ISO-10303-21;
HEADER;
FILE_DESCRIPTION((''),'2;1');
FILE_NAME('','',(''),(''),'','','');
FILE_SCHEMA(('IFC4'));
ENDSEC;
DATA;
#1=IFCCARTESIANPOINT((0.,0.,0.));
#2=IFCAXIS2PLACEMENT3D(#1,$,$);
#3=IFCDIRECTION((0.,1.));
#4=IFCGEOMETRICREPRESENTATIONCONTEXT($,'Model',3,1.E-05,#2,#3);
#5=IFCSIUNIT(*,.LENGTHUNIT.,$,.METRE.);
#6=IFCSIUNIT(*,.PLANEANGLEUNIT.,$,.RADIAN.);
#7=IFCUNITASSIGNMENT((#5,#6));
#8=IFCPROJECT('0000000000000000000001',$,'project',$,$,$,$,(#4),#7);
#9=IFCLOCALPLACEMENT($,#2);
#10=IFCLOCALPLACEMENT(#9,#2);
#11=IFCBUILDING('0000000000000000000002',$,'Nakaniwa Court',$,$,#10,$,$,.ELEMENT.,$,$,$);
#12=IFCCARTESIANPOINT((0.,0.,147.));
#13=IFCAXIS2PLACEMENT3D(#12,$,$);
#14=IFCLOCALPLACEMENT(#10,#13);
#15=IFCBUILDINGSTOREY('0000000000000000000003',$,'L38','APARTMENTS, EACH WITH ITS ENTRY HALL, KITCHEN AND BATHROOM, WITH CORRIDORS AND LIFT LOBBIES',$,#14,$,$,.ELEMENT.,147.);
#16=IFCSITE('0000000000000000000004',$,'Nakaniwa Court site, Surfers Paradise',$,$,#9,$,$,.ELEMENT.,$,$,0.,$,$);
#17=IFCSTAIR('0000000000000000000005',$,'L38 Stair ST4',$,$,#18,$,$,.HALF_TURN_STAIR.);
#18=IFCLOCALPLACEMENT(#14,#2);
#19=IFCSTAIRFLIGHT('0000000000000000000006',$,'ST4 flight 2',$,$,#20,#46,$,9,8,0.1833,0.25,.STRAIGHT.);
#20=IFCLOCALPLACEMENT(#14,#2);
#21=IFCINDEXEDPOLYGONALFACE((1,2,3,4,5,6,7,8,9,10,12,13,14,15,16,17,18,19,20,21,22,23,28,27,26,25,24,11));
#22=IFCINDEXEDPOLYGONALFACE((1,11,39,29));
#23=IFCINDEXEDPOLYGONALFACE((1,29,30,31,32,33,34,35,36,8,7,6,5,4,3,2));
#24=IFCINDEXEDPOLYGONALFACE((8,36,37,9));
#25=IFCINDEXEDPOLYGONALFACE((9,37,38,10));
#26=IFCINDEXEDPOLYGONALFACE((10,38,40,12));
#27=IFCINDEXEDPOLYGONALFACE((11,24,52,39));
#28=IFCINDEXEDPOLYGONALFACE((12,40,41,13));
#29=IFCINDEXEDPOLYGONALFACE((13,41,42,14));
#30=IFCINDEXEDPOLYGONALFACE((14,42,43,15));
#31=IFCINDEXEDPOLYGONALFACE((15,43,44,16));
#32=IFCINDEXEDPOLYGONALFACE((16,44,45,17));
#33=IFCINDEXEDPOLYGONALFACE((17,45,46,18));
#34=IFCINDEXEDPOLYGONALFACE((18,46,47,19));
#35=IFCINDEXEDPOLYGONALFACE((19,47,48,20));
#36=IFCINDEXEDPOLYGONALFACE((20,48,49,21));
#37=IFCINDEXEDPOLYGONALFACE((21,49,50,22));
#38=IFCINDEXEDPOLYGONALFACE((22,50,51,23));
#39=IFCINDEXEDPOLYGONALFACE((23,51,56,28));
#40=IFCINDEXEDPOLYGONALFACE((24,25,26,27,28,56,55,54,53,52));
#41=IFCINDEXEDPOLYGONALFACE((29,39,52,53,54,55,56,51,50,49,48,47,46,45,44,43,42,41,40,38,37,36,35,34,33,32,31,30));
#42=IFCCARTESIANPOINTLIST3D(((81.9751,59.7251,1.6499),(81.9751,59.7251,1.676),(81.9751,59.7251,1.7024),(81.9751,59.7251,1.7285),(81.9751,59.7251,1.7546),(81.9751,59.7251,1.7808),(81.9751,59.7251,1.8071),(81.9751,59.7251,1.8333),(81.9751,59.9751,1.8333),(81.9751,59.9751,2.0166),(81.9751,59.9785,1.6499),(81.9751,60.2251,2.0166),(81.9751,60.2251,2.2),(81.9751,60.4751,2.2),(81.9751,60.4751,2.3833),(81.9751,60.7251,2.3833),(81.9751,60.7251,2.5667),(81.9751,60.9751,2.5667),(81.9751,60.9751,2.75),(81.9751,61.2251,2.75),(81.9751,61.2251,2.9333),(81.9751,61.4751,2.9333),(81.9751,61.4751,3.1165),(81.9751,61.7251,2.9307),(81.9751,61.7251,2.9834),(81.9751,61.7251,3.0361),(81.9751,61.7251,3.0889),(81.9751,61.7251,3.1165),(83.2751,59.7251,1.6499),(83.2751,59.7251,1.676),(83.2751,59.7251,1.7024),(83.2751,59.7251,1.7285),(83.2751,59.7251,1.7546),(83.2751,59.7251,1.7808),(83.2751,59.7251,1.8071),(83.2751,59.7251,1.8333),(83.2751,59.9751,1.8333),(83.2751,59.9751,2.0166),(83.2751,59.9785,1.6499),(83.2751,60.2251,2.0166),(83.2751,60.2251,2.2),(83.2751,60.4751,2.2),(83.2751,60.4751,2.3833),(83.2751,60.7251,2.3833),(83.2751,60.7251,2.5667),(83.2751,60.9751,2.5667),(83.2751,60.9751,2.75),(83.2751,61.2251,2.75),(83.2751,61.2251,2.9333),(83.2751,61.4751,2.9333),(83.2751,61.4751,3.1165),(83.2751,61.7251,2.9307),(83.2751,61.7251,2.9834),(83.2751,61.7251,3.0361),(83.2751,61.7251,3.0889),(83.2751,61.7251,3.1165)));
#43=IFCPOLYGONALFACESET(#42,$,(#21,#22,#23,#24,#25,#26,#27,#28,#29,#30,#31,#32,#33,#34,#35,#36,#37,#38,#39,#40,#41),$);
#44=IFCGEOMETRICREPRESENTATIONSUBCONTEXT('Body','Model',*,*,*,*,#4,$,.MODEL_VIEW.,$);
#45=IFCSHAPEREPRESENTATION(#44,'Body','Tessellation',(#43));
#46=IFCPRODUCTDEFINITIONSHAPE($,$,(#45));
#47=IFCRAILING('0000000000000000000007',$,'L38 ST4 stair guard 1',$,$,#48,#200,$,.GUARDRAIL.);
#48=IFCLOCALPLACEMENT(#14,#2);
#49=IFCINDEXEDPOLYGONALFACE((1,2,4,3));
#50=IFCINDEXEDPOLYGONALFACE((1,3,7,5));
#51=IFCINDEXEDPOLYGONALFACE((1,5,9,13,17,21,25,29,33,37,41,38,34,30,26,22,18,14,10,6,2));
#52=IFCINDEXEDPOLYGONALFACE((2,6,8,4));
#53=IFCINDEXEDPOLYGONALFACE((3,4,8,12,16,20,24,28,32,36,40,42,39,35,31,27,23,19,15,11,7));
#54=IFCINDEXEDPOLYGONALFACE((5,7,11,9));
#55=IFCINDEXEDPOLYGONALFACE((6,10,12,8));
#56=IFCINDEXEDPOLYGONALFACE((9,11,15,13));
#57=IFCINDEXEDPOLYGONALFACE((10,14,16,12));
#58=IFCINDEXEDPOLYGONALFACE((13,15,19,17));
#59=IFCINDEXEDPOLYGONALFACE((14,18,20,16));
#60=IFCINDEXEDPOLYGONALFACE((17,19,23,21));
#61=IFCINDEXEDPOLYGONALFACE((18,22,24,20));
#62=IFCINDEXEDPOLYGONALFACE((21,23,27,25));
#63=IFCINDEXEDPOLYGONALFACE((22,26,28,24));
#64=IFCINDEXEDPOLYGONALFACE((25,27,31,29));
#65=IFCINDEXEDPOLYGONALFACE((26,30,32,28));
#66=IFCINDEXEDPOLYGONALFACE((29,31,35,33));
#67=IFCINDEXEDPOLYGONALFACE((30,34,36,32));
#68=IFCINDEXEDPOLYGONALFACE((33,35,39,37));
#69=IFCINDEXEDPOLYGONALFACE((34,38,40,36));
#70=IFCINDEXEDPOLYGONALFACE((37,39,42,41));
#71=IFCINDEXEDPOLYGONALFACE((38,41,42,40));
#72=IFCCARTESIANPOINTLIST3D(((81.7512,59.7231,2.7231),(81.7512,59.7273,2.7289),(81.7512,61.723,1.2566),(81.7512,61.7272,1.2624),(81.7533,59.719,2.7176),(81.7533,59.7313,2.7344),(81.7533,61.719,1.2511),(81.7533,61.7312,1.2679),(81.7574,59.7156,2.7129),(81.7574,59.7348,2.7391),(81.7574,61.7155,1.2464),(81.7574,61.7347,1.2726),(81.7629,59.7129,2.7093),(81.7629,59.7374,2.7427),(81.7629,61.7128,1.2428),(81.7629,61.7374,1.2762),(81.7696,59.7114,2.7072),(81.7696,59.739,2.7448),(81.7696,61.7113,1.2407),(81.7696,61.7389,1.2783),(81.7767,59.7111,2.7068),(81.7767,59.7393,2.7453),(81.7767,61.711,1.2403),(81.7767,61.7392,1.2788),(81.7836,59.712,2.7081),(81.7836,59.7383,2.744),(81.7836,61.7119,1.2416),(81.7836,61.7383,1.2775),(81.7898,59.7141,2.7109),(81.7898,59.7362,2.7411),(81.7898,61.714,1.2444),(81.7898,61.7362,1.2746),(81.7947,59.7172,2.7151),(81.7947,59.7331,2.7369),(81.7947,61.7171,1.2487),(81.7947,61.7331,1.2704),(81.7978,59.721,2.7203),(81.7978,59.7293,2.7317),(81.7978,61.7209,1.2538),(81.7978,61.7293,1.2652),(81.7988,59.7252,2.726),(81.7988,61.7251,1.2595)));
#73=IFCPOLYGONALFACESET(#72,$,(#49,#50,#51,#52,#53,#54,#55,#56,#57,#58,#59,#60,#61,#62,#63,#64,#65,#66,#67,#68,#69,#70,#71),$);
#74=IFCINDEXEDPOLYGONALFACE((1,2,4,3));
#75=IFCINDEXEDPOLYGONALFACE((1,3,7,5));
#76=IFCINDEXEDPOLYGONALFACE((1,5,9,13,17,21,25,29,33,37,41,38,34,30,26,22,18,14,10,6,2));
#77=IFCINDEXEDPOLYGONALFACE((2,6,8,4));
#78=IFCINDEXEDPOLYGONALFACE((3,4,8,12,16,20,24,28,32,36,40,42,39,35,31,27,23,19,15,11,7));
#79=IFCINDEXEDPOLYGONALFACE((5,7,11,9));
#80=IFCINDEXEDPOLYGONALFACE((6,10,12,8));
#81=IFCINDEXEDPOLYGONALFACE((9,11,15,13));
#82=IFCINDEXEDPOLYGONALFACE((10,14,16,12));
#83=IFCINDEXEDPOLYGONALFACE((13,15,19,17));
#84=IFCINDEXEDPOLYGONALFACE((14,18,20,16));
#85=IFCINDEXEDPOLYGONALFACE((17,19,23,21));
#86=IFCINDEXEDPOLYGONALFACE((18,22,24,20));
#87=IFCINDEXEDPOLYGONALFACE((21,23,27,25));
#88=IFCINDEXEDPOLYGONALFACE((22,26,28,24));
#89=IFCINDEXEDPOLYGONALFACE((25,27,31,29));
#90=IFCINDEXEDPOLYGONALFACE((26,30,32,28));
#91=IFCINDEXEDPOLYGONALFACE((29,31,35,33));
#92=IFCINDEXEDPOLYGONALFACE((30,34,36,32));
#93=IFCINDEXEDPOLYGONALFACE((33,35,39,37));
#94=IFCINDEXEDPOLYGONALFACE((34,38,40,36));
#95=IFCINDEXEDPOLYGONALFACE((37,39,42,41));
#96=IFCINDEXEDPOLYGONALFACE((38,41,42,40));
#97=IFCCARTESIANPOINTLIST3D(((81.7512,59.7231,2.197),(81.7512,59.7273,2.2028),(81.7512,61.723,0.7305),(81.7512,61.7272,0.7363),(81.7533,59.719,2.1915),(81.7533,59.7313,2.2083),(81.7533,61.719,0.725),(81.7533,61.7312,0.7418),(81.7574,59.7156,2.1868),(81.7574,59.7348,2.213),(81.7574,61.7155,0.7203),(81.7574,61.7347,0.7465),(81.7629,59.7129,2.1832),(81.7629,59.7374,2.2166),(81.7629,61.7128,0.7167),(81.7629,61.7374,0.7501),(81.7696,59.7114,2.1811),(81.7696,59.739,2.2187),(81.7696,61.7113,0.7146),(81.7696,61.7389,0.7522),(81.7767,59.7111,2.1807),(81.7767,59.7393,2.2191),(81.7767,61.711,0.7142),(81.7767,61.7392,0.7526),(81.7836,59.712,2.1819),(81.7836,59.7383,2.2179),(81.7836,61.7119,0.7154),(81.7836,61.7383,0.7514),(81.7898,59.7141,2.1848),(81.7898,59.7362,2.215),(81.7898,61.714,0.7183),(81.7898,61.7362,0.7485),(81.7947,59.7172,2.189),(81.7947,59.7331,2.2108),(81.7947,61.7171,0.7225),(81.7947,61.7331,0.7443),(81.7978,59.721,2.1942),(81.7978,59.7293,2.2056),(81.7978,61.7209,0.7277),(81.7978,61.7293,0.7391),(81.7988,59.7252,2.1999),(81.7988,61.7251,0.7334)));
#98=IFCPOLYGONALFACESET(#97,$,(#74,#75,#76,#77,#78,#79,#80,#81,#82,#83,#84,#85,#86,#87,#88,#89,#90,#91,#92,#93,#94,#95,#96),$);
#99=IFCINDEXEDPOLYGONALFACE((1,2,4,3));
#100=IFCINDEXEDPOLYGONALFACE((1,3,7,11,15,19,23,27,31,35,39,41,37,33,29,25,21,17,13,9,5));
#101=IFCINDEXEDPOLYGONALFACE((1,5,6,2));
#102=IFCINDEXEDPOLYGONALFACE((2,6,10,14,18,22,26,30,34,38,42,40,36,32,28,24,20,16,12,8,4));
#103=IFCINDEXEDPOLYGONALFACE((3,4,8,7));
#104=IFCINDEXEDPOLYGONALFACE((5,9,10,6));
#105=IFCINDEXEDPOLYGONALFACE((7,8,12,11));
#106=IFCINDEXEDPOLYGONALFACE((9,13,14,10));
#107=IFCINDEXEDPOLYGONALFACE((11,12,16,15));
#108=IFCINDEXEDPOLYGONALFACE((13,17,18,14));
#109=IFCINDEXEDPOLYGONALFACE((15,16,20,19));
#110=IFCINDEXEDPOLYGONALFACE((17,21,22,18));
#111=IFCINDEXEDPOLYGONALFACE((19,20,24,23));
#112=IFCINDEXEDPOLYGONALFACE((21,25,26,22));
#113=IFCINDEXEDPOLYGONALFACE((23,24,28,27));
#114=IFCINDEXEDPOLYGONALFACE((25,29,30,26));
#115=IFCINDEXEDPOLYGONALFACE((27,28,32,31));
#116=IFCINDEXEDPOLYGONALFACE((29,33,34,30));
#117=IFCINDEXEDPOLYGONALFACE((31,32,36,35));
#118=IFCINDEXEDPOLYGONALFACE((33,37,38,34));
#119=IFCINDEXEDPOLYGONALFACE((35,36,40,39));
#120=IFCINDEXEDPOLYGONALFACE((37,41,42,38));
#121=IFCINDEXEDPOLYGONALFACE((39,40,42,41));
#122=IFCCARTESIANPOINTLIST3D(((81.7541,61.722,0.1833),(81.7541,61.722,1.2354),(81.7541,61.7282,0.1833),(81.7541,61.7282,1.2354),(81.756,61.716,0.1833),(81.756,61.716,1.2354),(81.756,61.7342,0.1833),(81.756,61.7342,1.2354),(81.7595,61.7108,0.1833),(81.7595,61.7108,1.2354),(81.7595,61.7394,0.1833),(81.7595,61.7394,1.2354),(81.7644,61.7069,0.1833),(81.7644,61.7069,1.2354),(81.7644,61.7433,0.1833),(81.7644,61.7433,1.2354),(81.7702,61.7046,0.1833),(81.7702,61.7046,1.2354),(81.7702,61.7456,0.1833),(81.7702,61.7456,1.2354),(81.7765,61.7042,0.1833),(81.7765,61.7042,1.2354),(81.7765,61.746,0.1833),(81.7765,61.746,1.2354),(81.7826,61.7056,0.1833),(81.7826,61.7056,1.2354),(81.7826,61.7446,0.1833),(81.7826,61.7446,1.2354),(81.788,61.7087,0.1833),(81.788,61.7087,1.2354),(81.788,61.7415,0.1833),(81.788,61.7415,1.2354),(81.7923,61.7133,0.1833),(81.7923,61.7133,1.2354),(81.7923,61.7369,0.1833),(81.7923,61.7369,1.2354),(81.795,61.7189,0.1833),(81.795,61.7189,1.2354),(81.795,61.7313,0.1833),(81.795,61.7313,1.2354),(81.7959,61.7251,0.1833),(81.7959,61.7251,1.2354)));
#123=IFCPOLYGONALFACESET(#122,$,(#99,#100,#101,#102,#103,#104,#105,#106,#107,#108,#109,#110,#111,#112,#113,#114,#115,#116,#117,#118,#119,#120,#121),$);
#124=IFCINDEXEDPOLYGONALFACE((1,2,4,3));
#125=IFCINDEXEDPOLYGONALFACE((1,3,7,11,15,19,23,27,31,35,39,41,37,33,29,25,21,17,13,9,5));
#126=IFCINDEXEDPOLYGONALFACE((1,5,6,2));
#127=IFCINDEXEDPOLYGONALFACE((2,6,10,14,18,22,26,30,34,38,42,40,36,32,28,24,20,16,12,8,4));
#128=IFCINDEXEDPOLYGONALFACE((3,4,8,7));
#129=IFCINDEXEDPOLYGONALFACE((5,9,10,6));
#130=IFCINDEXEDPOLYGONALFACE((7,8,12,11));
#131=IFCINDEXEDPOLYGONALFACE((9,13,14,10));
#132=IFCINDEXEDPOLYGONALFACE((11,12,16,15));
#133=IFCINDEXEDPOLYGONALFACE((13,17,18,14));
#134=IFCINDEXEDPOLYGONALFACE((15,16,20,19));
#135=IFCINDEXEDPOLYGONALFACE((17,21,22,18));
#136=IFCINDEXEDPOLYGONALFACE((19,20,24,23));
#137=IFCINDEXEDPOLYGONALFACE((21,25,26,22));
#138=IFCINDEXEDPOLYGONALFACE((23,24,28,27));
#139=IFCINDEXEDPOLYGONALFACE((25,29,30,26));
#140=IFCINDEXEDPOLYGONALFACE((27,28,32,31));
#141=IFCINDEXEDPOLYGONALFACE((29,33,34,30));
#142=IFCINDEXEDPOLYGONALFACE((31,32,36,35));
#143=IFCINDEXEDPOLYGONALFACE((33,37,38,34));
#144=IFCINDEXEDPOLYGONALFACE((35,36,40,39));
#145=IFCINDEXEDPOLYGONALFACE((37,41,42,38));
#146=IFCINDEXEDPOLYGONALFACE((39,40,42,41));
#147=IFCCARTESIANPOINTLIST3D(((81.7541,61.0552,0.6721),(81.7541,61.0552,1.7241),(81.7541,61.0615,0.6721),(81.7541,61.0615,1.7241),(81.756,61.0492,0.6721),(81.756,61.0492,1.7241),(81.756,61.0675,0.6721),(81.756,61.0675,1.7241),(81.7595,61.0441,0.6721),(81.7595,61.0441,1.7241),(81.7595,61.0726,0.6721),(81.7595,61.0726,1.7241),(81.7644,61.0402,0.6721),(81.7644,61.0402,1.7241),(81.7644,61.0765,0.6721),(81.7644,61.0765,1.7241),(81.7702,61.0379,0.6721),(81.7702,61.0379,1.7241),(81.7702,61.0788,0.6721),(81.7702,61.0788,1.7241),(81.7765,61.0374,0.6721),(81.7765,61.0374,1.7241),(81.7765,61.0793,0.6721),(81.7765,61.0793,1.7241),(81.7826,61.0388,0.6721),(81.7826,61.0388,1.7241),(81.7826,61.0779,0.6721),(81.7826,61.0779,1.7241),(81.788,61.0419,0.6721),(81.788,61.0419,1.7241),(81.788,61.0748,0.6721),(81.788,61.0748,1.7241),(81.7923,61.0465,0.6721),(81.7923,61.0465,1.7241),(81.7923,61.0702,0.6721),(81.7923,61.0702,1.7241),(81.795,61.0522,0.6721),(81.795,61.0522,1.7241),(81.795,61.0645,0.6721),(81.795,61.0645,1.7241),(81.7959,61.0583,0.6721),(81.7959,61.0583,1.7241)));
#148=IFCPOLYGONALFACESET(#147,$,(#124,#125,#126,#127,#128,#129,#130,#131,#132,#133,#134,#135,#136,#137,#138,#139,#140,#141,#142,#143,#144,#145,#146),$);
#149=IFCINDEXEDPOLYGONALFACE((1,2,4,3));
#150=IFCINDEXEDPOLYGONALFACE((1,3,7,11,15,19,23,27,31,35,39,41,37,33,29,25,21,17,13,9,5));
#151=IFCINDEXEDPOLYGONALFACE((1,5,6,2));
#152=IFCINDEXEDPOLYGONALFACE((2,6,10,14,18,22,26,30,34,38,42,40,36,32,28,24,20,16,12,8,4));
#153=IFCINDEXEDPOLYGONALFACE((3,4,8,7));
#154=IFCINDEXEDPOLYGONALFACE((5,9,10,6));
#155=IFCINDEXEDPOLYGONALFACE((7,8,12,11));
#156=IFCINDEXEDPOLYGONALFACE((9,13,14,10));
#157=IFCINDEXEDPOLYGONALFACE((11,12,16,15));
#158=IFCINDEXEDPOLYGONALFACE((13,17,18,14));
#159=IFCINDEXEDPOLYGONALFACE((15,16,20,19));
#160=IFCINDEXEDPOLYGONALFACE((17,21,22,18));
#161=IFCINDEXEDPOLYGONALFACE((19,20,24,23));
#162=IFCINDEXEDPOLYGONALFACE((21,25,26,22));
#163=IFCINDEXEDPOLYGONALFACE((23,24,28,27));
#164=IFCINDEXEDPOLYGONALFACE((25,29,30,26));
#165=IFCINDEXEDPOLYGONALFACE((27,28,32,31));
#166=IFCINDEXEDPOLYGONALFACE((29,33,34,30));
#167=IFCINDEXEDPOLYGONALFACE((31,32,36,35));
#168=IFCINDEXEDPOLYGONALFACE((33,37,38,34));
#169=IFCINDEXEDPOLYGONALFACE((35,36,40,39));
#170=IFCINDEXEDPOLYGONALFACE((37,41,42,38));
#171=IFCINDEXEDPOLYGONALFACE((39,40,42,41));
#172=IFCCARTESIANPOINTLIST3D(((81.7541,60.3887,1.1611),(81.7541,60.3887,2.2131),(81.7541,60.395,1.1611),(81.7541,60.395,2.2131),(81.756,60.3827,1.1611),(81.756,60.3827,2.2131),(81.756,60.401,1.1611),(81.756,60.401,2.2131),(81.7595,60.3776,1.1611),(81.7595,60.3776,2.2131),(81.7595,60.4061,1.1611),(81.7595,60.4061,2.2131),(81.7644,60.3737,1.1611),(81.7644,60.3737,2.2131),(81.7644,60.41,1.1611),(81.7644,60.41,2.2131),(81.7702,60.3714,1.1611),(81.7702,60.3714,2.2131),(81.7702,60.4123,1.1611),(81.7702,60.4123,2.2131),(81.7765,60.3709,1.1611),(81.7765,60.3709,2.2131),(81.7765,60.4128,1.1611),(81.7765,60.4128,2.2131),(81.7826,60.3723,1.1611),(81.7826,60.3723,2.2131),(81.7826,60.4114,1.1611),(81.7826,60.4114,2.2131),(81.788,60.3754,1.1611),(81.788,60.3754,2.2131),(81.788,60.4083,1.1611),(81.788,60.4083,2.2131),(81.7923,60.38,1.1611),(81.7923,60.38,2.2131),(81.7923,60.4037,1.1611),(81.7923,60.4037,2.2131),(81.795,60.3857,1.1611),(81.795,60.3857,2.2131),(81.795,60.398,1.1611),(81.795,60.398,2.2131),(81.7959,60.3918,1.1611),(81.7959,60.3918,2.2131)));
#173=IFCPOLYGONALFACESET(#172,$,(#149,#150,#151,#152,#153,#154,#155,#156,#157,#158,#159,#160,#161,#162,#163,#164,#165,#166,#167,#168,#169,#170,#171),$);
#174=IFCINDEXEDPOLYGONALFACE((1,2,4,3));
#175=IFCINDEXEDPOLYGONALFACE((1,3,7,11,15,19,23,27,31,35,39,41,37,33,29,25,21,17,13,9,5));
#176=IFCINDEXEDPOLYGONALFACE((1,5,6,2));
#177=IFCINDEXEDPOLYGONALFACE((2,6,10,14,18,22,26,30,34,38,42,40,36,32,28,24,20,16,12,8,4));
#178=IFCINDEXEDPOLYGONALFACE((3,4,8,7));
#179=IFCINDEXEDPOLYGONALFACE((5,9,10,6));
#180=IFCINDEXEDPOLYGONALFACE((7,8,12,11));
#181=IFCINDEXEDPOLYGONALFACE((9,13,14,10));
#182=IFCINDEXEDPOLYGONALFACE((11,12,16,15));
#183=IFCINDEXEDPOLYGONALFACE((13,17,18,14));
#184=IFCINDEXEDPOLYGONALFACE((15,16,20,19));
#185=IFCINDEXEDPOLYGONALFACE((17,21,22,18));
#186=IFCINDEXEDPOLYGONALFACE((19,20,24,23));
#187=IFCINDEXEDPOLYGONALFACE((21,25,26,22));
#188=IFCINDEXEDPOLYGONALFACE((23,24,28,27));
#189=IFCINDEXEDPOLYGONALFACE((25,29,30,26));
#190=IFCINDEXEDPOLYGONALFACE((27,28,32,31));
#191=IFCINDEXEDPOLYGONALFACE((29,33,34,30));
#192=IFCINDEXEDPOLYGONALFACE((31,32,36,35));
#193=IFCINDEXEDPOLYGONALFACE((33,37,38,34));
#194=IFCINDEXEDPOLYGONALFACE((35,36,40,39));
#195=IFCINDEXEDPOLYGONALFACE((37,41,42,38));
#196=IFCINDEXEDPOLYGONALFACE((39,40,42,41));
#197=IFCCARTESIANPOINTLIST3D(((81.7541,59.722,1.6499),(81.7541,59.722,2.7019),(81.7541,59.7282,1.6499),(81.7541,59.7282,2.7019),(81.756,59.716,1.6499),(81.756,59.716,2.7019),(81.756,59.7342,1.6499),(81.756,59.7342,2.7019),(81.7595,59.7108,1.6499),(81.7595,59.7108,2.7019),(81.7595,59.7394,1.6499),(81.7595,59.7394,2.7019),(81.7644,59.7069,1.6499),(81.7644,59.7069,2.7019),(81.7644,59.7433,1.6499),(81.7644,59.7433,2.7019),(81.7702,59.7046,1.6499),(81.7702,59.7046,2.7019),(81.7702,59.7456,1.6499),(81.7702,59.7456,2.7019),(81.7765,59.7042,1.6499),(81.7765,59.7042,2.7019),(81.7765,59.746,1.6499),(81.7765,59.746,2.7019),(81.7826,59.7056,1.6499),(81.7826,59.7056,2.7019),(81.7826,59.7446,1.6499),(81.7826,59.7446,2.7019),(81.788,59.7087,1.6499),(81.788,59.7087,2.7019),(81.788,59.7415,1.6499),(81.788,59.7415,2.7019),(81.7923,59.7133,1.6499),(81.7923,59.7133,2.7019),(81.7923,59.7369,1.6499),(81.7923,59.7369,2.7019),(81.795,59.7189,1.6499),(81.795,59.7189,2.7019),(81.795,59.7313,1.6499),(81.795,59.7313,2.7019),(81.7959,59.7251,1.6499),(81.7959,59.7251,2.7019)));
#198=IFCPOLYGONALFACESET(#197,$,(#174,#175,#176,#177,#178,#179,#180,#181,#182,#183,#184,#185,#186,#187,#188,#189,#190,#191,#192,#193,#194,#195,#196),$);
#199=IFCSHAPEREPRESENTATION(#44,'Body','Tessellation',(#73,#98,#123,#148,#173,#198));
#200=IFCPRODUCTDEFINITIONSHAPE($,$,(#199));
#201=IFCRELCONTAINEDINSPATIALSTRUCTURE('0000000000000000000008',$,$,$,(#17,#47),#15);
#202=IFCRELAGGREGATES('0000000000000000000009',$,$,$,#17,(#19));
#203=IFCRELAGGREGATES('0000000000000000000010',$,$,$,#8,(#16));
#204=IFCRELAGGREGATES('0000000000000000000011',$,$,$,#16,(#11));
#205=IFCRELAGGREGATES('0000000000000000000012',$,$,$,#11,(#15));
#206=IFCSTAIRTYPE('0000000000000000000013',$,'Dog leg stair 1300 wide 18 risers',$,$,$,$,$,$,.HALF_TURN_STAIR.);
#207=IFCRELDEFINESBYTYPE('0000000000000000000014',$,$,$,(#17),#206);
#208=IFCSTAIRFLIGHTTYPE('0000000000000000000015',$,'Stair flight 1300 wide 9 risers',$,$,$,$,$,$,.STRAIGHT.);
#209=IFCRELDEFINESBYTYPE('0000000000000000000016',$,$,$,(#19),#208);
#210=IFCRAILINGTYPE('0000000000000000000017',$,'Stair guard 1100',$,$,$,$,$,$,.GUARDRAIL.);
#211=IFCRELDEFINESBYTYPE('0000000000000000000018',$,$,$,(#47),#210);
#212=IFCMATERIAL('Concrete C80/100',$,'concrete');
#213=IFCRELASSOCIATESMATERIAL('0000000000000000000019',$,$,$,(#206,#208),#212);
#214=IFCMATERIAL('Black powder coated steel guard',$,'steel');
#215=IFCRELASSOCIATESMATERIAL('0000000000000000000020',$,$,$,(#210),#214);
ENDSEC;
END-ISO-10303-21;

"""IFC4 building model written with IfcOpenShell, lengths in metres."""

from ifc_helpers import new_model, si_unit, direction, frame, origin, origin_2d, place, context, subcontext, project, spatial, polyline, circle, outline, extrude, material, type_object, element, aggregate, save


model = new_model("IFC4")

# Units and contexts
model_context = context("Model", 3, precision=1e-05, world=origin(), true_north=direction((0.0, 1.0)))
body_context = subcontext(model_context, "Body", "Model", "MODEL_VIEW")
ifc_project = project(units=[si_unit("LENGTHUNIT", "METRE"), si_unit("PLANEANGLEUNIT", "RADIAN")], contexts=[model_context])

# Site, building, storey
site_placement = place(None, origin())
site = spatial("IfcSite", under=ifc_project, at=site_placement, Name="Nakaniwa Court site, Surfers Paradise", CompositionType="ELEMENT", RefElevation=0.0)
building_placement = place(site_placement, origin())
building = spatial("IfcBuilding", under=site, at=building_placement, Name="Nakaniwa Court", CompositionType="ELEMENT")
storey_placement = place(building_placement, frame((0.0, 0.0, 147.0)))
storey = spatial("IfcBuildingStorey", under=building, at=storey_placement, Name="L38", Description="APARTMENTS, EACH WITH ITS ENTRY HALL, KITCHEN AND BATHROOM, WITH CORRIDORS AND LIFT LOBBIES", CompositionType="ELEMENT", Elevation=147.0)

# Shared definitions
ifc_material_1 = material(Name="Concrete C80/100", Category="concrete")

# Stair, stair flight
stair_type = type_object("IfcStairType", Name="Dog leg stair 1300 wide 18 risers", PredefinedType="HALF_TURN_STAIR", material=ifc_material_1)
stair_placement = place(storey_placement, origin())
stair = element("IfcStair", 1, at=stair_placement, inside=storey, type_object=stair_type, Name="L38 Stair ST4", PredefinedType="HALF_TURN_STAIR")
stair_flight_type = type_object("IfcStairFlightType", Name="Stair flight 1300 wide 9 risers", PredefinedType="STRAIGHT", material=ifc_material_1)
stair_flight_1_placement = place(storey_placement, frame((82.625, 59.7251, 1.6499), z_axis=(0.0, 0.0, 1.0), x_axis=(0.0, 1.0, 0.0)))
stair_flight_1 = element("IfcStairFlight", 2, at=stair_flight_1_placement, type_object=stair_flight_type, Name="ST4 flight 2", NumberOfRisers=9, NumberOfTreads=8, PredefinedType="STRAIGHT", RiserHeight=0.1833, TreadLength=0.25, context=body_context, shape_type="SweptSolid", body=[
    extrude(outline(polyline([(0.0, 0.0), (0.0, 0.0261), (0.0, 0.0525), (0.0, 0.0786), (0.0, 0.1047), (0.0, 0.1309), (0.0, 0.1572), (0.0, 0.1833), (0.25, 0.1833), (0.25, 0.3667), (0.5, 0.3667), (0.5, 0.55), (0.75, 0.55), (0.75, 0.7334), (1.0, 0.7334), (1.0, 0.9167), (1.25, 0.9167), (1.25, 1.1001), (1.5, 1.1001), (1.5, 1.2834), (1.75, 1.2834), (1.75, 1.4666), (2.0, 1.4666), (2.0, 1.6499), (2.0, 1.5972), (2.0, 1.5444), (2.0, 1.4917), (2.0, 1.439), (2.0, 1.3862), (2.0, 1.3335), (2.0, 1.2808), (0.2534, 0.0), (0.0, 0.0)])), frame((0.0, 0.6499, 0.0), z_axis=(0.0, -1.0, 0.0), x_axis=(1.0, 0.0, 0.0)), (0.0, 0.0, 1.0), 1.3),
])
aggregate(stair, [stair_flight_1])

# Railing
ifc_material_2 = material(Name="Black powder coated steel guard", Category="steel")
railing_type_1 = type_object("IfcRailingType", Name="Stair guard 1100", PredefinedType="GUARDRAIL", material=ifc_material_2)
railing_1_placement = place(storey_placement, frame((81.7749, 61.7251, 0.1833)))
element("IfcRailing", 3, at=railing_1_placement, inside=storey, type_object=railing_type_1, Name="L38 ST4 stair guard 1", PredefinedType="GUARDRAIL", context=body_context, shape_type="SweptSolid", body=[
    extrude(circle(Radius=0.0239, at=origin_2d()), frame((0.0, 0.0, 1.0762), z_axis=(0.0, -0.806427, 0.591334), x_axis=(1.0, 0.0, 0.0)), (0.0, 0.0, 1.0), 2.48),
    extrude(circle(Radius=0.0239, at=origin_2d()), frame((0.0, 0.0, 0.55), z_axis=(0.0, -0.806427, 0.591334), x_axis=(1.0, 0.0, 0.0)), (0.0, 0.0, 1.0), 2.48),
    extrude(circle(Radius=0.021, at=origin_2d()), origin(), (0.0, 0.0, 1.0), 1.052),
    extrude(circle(Radius=0.021, at=origin_2d()), frame((0.0, -0.6667, 0.4888)), (0.0, 0.0, 1.0), 1.052),
    extrude(circle(Radius=0.021, at=origin_2d()), frame((0.0, -1.3333, 0.9778)), (0.0, 0.0, 1.0), 1.052),
    extrude(circle(Radius=0.021, at=origin_2d()), frame((0.0, -2.0, 1.4666)), (0.0, 0.0, 1.0), 1.052),
])

save(model, "model.ifc")
